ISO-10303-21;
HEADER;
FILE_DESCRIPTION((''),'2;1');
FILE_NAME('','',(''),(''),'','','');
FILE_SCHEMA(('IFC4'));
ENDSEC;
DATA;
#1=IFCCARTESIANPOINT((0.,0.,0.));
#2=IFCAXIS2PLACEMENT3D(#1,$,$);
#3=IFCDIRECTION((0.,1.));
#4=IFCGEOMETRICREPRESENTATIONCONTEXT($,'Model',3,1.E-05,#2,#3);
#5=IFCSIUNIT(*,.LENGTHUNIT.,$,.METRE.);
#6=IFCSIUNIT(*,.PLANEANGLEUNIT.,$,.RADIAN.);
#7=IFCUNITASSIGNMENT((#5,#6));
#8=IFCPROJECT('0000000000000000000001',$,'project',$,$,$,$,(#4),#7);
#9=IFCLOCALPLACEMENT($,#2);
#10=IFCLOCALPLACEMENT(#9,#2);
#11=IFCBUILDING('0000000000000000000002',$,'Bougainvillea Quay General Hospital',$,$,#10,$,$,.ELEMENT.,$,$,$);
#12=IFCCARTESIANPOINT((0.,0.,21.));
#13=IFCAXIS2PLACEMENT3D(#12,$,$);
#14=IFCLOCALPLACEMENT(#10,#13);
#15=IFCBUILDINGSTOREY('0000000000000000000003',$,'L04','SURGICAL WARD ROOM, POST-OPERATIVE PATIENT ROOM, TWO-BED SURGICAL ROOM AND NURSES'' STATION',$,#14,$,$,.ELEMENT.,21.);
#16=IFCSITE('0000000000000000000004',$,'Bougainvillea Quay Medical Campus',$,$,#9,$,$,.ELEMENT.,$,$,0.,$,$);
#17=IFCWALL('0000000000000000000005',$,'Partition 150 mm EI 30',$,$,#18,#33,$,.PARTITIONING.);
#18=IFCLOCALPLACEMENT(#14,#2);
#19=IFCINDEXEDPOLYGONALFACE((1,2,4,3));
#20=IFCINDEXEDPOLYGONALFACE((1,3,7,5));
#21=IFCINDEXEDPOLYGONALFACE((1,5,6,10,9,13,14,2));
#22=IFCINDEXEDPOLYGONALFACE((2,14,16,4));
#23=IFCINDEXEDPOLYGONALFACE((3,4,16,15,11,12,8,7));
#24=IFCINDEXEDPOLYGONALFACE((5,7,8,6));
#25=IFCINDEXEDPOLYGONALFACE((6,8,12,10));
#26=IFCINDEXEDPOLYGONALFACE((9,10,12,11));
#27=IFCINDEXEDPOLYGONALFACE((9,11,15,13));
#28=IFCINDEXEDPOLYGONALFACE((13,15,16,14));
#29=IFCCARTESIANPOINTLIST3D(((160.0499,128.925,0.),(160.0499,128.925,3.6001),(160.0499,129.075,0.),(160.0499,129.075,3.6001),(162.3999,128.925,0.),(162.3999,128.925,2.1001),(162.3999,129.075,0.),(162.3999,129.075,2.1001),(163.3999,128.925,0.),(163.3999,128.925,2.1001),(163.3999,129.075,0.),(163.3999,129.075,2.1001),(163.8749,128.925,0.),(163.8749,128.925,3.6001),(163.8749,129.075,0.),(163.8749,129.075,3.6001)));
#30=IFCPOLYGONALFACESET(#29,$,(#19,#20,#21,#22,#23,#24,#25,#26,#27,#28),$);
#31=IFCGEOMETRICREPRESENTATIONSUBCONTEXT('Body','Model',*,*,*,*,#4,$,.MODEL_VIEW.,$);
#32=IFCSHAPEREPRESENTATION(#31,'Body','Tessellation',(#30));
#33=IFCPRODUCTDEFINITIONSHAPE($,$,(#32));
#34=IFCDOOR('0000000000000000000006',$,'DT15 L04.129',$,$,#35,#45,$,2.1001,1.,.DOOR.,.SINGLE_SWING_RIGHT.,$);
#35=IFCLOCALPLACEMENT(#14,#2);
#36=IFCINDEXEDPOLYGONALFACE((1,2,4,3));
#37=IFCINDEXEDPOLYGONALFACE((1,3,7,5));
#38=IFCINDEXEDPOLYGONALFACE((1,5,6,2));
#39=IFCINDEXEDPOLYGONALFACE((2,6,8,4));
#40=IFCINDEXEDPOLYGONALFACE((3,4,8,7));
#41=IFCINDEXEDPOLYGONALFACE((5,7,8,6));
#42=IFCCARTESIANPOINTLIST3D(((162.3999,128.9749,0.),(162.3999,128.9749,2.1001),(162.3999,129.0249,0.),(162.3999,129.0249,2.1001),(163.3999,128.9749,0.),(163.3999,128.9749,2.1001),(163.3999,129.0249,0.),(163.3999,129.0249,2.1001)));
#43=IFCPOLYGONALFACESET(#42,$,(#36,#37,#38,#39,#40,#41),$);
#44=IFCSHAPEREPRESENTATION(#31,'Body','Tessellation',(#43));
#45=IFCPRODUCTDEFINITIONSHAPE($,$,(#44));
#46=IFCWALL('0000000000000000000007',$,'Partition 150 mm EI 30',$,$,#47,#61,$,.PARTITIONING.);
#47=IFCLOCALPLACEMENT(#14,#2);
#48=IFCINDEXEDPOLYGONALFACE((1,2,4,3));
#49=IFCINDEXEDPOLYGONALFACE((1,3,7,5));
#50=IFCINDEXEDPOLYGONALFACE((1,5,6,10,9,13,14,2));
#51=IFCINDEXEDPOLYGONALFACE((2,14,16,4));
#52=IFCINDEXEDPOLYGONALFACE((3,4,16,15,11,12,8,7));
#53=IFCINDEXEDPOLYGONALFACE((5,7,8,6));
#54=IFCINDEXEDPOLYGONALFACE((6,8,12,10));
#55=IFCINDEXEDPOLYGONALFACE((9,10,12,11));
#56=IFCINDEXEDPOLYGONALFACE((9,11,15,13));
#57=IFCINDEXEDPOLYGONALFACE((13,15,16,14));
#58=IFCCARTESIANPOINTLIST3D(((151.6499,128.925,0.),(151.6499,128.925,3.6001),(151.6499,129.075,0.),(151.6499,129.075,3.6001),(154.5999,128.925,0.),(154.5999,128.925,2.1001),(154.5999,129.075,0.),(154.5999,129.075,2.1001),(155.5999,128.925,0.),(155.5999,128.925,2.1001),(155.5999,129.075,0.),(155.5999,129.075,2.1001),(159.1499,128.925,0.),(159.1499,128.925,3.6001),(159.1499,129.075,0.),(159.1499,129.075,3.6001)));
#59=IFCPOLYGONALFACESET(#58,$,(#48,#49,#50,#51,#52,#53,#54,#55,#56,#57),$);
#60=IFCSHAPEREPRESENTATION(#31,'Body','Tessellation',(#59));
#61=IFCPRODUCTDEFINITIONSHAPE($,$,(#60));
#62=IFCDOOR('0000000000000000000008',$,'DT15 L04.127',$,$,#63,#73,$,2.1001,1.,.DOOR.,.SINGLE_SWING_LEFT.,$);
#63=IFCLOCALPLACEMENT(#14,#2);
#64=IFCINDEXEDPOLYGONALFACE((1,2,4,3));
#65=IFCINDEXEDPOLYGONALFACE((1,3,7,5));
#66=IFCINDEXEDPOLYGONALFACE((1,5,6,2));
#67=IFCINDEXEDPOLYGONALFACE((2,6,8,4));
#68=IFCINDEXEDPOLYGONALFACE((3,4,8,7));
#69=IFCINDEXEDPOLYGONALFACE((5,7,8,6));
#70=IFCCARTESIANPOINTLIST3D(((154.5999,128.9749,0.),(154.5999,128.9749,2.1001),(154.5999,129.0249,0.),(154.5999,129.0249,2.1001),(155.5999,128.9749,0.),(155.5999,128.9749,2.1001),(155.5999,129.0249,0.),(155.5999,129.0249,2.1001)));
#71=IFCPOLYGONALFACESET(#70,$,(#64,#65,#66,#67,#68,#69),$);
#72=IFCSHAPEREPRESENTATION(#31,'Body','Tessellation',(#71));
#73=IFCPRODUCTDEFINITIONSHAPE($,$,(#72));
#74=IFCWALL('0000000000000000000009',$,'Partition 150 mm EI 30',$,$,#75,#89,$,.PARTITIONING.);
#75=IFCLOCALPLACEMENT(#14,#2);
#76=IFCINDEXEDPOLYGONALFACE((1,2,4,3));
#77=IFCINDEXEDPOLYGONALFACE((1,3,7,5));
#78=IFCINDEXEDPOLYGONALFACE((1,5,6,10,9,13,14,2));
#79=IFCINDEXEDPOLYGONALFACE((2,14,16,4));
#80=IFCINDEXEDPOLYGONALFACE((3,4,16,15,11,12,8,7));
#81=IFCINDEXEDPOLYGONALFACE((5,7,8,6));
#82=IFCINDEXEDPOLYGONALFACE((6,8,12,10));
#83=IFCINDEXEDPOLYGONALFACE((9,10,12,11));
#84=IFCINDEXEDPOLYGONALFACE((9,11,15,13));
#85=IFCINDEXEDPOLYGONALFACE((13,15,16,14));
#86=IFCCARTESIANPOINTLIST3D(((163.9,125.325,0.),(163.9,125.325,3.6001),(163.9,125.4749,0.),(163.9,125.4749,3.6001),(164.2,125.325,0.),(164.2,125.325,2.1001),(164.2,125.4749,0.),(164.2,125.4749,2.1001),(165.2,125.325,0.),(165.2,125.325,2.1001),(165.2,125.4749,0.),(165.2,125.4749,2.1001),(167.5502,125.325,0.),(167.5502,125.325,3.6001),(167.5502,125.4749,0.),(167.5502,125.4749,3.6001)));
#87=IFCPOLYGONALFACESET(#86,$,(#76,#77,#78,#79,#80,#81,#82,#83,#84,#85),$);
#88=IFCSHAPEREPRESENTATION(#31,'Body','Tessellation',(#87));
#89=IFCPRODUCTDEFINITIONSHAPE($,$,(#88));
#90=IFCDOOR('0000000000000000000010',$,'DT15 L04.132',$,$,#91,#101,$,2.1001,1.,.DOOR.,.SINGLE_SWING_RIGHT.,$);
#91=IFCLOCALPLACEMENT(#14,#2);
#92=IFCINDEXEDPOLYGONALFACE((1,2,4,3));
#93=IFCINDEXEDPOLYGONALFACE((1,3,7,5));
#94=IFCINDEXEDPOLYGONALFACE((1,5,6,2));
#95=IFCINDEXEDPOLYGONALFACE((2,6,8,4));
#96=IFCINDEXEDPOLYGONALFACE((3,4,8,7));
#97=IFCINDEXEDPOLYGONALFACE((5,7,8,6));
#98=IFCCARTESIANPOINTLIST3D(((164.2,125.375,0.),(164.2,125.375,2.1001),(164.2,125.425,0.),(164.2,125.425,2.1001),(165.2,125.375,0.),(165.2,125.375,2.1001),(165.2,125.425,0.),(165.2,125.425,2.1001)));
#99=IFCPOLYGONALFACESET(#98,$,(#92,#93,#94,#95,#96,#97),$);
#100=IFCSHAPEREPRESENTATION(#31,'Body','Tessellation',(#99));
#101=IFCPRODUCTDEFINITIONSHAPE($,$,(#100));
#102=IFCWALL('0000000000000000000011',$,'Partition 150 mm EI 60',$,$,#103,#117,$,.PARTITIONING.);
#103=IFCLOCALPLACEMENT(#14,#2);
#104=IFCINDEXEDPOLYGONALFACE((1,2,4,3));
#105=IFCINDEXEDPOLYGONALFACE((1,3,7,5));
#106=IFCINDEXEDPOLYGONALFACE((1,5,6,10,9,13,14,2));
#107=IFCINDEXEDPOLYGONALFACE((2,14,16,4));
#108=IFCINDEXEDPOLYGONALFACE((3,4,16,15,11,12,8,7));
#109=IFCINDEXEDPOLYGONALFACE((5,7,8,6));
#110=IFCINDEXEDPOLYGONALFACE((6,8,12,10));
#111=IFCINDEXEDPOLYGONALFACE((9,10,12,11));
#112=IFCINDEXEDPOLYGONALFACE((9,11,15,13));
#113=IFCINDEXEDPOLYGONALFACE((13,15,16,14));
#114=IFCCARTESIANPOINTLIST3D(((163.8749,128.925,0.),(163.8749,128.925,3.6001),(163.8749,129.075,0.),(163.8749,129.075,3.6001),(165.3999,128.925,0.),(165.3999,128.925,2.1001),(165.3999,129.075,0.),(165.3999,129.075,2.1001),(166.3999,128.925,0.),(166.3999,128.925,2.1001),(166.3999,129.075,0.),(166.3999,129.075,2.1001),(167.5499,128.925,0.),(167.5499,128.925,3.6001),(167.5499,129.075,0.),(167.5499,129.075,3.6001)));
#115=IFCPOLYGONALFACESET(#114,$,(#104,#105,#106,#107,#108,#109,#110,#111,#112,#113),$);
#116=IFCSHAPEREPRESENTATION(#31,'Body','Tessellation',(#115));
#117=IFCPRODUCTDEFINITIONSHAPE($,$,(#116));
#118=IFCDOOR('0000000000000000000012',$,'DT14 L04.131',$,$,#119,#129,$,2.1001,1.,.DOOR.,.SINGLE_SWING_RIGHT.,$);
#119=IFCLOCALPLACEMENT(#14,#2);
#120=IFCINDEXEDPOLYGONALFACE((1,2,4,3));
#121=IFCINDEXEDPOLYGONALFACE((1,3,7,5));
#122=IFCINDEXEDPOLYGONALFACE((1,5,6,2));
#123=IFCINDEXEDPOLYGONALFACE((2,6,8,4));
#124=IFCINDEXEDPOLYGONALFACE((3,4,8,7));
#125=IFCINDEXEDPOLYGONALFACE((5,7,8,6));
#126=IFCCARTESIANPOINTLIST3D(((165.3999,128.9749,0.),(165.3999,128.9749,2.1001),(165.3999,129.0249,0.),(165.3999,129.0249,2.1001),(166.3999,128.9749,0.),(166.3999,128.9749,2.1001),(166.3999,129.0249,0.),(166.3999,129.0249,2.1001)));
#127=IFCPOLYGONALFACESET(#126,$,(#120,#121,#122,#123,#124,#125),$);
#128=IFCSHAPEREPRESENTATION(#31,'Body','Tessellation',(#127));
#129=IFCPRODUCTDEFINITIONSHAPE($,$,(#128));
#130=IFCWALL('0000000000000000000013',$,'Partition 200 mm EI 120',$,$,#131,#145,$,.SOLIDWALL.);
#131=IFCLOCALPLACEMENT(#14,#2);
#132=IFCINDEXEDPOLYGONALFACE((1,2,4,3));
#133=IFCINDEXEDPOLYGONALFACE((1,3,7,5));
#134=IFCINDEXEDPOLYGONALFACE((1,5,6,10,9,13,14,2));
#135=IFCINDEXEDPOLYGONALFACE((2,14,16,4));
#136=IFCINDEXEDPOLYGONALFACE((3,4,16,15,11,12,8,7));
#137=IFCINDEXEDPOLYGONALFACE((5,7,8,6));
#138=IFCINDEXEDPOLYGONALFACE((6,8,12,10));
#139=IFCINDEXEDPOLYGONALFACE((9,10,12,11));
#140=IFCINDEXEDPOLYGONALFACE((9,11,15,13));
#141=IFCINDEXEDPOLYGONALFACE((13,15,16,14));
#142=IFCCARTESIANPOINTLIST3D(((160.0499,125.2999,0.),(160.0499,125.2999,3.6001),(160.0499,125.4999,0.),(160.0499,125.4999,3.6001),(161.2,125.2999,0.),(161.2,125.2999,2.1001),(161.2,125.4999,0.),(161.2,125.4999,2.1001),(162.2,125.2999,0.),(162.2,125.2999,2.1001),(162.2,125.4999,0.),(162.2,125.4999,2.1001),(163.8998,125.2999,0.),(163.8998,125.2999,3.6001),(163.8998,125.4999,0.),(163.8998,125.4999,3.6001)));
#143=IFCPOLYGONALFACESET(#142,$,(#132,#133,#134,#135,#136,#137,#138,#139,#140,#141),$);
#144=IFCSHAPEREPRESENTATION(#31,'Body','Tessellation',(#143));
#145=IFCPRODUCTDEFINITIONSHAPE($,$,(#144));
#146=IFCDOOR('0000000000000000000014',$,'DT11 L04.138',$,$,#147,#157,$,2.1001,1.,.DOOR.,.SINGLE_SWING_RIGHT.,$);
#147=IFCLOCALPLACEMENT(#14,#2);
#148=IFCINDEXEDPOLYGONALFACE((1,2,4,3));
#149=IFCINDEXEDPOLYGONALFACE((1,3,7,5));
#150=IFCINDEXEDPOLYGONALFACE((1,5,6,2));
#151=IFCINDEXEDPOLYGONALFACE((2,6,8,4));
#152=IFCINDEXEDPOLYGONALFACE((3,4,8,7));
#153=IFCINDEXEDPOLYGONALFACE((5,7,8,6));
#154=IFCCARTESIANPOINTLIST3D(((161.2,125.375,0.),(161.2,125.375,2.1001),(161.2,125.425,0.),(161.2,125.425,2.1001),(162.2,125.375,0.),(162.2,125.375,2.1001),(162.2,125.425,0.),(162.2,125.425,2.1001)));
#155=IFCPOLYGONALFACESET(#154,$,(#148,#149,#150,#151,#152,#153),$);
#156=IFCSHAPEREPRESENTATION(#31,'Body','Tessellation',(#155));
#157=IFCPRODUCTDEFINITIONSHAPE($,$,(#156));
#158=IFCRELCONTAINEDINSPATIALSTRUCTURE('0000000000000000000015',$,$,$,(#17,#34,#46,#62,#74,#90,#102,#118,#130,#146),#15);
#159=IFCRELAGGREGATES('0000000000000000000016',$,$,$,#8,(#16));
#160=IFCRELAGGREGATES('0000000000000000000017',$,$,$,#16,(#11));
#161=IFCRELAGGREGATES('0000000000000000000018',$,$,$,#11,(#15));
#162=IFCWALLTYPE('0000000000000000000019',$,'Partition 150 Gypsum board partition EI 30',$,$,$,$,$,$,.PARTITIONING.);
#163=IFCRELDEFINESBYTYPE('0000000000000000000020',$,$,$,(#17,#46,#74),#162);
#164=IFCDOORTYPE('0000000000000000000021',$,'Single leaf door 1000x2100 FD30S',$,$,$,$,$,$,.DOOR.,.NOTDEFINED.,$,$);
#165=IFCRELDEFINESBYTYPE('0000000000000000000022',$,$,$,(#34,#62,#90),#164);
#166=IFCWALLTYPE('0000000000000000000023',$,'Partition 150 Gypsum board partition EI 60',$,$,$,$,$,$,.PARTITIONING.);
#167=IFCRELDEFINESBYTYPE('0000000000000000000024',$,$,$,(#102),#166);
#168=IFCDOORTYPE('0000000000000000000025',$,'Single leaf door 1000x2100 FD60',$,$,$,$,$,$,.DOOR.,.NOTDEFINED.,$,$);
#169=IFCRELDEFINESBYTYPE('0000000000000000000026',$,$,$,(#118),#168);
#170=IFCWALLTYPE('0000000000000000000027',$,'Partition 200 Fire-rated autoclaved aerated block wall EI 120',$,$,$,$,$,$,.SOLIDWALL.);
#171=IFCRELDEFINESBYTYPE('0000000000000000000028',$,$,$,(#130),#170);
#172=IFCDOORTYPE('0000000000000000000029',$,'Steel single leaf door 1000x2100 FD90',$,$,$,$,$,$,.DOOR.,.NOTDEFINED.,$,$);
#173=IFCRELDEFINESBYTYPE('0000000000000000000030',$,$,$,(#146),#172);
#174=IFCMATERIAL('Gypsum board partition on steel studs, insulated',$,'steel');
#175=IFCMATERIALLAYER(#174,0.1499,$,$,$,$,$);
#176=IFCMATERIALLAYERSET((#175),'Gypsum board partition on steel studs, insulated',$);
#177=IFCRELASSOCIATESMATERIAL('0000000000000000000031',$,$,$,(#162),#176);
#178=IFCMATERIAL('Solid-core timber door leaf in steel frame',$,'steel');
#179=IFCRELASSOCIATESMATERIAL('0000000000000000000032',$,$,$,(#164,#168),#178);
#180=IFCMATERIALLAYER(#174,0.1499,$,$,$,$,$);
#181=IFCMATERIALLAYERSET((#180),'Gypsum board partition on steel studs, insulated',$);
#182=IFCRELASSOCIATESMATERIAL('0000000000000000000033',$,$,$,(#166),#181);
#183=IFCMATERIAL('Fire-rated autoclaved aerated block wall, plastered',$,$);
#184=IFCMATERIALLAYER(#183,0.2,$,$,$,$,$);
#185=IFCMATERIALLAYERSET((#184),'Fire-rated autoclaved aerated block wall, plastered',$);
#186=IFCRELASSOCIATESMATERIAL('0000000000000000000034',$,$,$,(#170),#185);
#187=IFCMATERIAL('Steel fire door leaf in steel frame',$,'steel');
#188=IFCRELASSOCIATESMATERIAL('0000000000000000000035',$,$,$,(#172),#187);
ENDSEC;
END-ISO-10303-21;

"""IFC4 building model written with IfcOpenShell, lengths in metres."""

from ifc_helpers import new_model, si_unit, direction, frame, frame_2d, origin, place, context, subcontext, project, spatial, rectangle, extrude, material, layer, layer_set, type_object, element, fill, save


model = new_model("IFC4")

# Units and contexts
model_context = context("Model", 3, precision=1e-05, world=origin(), true_north=direction((0.0, 1.0)))
body_context = subcontext(model_context, "Body", "Model", "MODEL_VIEW")
ifc_project = project(units=[si_unit("LENGTHUNIT", "METRE"), si_unit("PLANEANGLEUNIT", "RADIAN")], contexts=[model_context])

# Site, building, storey
site_placement = place(None, origin())
site = spatial("IfcSite", under=ifc_project, at=site_placement, Name="Bougainvillea Quay Medical Campus", CompositionType="ELEMENT", RefElevation=0.0)
building_placement = place(site_placement, origin())
building = spatial("IfcBuilding", under=site, at=building_placement, Name="Bougainvillea Quay General Hospital", CompositionType="ELEMENT")
storey_placement = place(building_placement, frame((0.0, 0.0, 21.0)))
storey = spatial("IfcBuildingStorey", under=building, at=storey_placement, Name="L04", Description="SURGICAL WARD ROOM, POST-OPERATIVE PATIENT ROOM, TWO-BED SURGICAL ROOM AND NURSES' STATION", CompositionType="ELEMENT", Elevation=21.0)

# Shared definitions
ifc_material_1 = material(Name="Gypsum board partition on steel studs, insulated", Category="steel")

# Walls, openings, doors
ifc_material_2 = material(Name="Solid-core timber door leaf in steel frame", Category="steel")
ifc_layer_1 = layer(ifc_material_1, 0.1499)
ifc_layer_set_1 = layer_set([ifc_layer_1], Name="Gypsum board partition on steel studs, insulated")
wall_type_1 = type_object("IfcWallType", Name="Partition 150 Gypsum board partition EI 30", PredefinedType="PARTITIONING", material=ifc_layer_set_1)
wall_1_placement = place(storey_placement, frame((163.875, 129.0, 0.0), z_axis=(0.0, 0.0, 1.0), x_axis=(-1.0, 0.0, 0.0)))
wall_1 = element("IfcWall", 1, at=wall_1_placement, inside=storey, type_object=wall_type_1, Name="Partition 150 mm EI 30", PredefinedType="PARTITIONING", context=body_context, shape_type="SweptSolid", body=[
    extrude(rectangle(XDim=3.825, YDim=0.1499, at=frame_2d((1.9126, 0.0))), origin(), (0.0, 0.0, 1.0), 3.6001),
])
opening_1_placement = place(wall_1_placement, frame((0.4751, 0.0, 0.0)))
opening_1 = element("IfcOpeningElement", 2, at=opening_1_placement, cuts=wall_1, PredefinedType="OPENING", context=body_context, shape_type="SweptSolid", body=[
    extrude(rectangle(XDim=1.0, YDim=2.1001, at=frame_2d((0.5, 1.05))), frame((0.0, 0.085, 0.0), z_axis=(0.0, -1.0, 0.0), x_axis=(1.0, 0.0, 0.0)), (0.0, 0.0, 1.0), 0.1699),
])
door_type_1 = type_object("IfcDoorType", Name="Single leaf door 1000x2100 FD30S", OperationType="NOTDEFINED", PredefinedType="DOOR", material=ifc_material_2)
door_1_placement = place(opening_1_placement, frame((1.0, 0.0, 0.0), z_axis=(0.0, 0.0, 1.0), x_axis=(-1.0, 0.0, 0.0)))
door_1 = element("IfcDoor", 3, at=door_1_placement, inside=storey, type_object=door_type_1, Name="DT15 L04.129", OperationType="SINGLE_SWING_RIGHT", OverallHeight=2.1001, OverallWidth=1.0, PredefinedType="DOOR", context=body_context, shape_type="SweptSolid", body=[
    extrude(rectangle(XDim=1.0, YDim=2.1001, at=frame_2d((0.5, 1.05))), frame((0.0, 0.0249, 0.0), z_axis=(0.0, -1.0, 0.0), x_axis=(1.0, 0.0, 0.0)), (0.0, 0.0, 1.0), 0.05),
])
fill(opening_1, door_1)
wall_2_placement = place(storey_placement, frame((159.1499, 129.0, 0.0), z_axis=(0.0, 0.0, 1.0), x_axis=(-1.0, 0.0, 0.0)))
wall_2 = element("IfcWall", 4, at=wall_2_placement, inside=storey, type_object=wall_type_1, Name="Partition 150 mm EI 30", PredefinedType="PARTITIONING", context=body_context, shape_type="SweptSolid", body=[
    extrude(rectangle(XDim=7.5, YDim=0.1499, at=frame_2d((3.75, 0.0))), origin(), (0.0, 0.0, 1.0), 3.6001),
])
opening_2_placement = place(wall_2_placement, frame((3.55, 0.0, 0.0)))
opening_2 = element("IfcOpeningElement", 5, at=opening_2_placement, cuts=wall_2, PredefinedType="OPENING", context=body_context, shape_type="SweptSolid", body=[
    extrude(rectangle(XDim=1.0, YDim=2.1001, at=frame_2d((0.5, 1.05))), frame((0.0, 0.085, 0.0), z_axis=(0.0, -1.0, 0.0), x_axis=(1.0, 0.0, 0.0)), (0.0, 0.0, 1.0), 0.1699),
])
door_2_placement = place(opening_2_placement, frame((1.0, 0.0, 0.0), z_axis=(0.0, 0.0, 1.0), x_axis=(-1.0, 0.0, 0.0)))
door_2 = element("IfcDoor", 6, at=door_2_placement, inside=storey, type_object=door_type_1, Name="DT15 L04.127", OperationType="SINGLE_SWING_LEFT", OverallHeight=2.1001, OverallWidth=1.0, PredefinedType="DOOR", context=body_context, shape_type="SweptSolid", body=[
    extrude(rectangle(XDim=1.0, YDim=2.1001, at=frame_2d((0.5, 1.05))), frame((0.0, 0.0249, 0.0), z_axis=(0.0, -1.0, 0.0), x_axis=(1.0, 0.0, 0.0)), (0.0, 0.0, 1.0), 0.05),
])
fill(opening_2, door_2)
wall_3_placement = place(storey_placement, frame((163.8999, 125.3999, 0.0), z_axis=(0.0, 0.0, 1.0), x_axis=(1.0, 0.0, 0.0)))
wall_3 = element("IfcWall", 7, at=wall_3_placement, inside=storey, type_object=wall_type_1, Name="Partition 150 mm EI 30", PredefinedType="PARTITIONING", context=body_context, shape_type="SweptSolid", body=[
    extrude(rectangle(XDim=3.6501, YDim=0.1499, at=frame_2d((1.8252, 0.0))), origin(), (0.0, 0.0, 1.0), 3.6001),
])
opening_3_placement = place(wall_3_placement, frame((0.3, 0.0, 0.0)))
opening_3 = element("IfcOpeningElement", 8, at=opening_3_placement, cuts=wall_3, PredefinedType="OPENING", context=body_context, shape_type="SweptSolid", body=[
    extrude(rectangle(XDim=1.0, YDim=2.1001, at=frame_2d((0.5, 1.05))), frame((0.0, 0.085, 0.0), z_axis=(0.0, -1.0, 0.0), x_axis=(1.0, 0.0, 0.0)), (0.0, 0.0, 1.0), 0.1699),
])
door_3_placement = place(opening_3_placement, frame((1.0, 0.0, 0.0), z_axis=(0.0, 0.0, 1.0), x_axis=(-1.0, 0.0, 0.0)))
door_3 = element("IfcDoor", 9, at=door_3_placement, inside=storey, type_object=door_type_1, Name="DT15 L04.132", OperationType="SINGLE_SWING_RIGHT", OverallHeight=2.1001, OverallWidth=1.0, PredefinedType="DOOR", context=body_context, shape_type="SweptSolid", body=[
    extrude(rectangle(XDim=1.0, YDim=2.1001, at=frame_2d((0.5, 1.05))), frame((0.0, 0.0249, 0.0), z_axis=(0.0, -1.0, 0.0), x_axis=(1.0, 0.0, 0.0)), (0.0, 0.0, 1.0), 0.05),
])
fill(opening_3, door_3)
ifc_layer_2 = layer(ifc_material_1, 0.1499)
ifc_layer_set_2 = layer_set([ifc_layer_2], Name="Gypsum board partition on steel studs, insulated")
wall_type_2 = type_object("IfcWallType", Name="Partition 150 Gypsum board partition EI 60", PredefinedType="PARTITIONING", material=ifc_layer_set_2)
wall_4_placement = place(storey_placement, frame((163.875, 129.0, 0.0), z_axis=(0.0, 0.0, 1.0), x_axis=(1.0, 0.0, 0.0)))
wall_4 = element("IfcWall", 10, at=wall_4_placement, inside=storey, type_object=wall_type_2, Name="Partition 150 mm EI 60", PredefinedType="PARTITIONING", context=body_context, shape_type="SweptSolid", body=[
    extrude(rectangle(XDim=3.675, YDim=0.1499, at=frame_2d((1.8374, 0.0))), origin(), (0.0, 0.0, 1.0), 3.6001),
])
opening_4_placement = place(wall_4_placement, frame((1.5249, 0.0, 0.0)))
opening_4 = element("IfcOpeningElement", 11, at=opening_4_placement, cuts=wall_4, PredefinedType="OPENING", context=body_context, shape_type="SweptSolid", body=[
    extrude(rectangle(XDim=1.0, YDim=2.1001, at=frame_2d((0.5, 1.05))), frame((0.0, 0.085, 0.0), z_axis=(0.0, -1.0, 0.0), x_axis=(1.0, 0.0, 0.0)), (0.0, 0.0, 1.0), 0.1699),
])
door_type_2 = type_object("IfcDoorType", Name="Single leaf door 1000x2100 FD60", OperationType="NOTDEFINED", PredefinedType="DOOR", material=ifc_material_2)
door_4_placement = place(opening_4_placement, origin())
door_4 = element("IfcDoor", 12, at=door_4_placement, inside=storey, type_object=door_type_2, Name="DT14 L04.131", OperationType="SINGLE_SWING_RIGHT", OverallHeight=2.1001, OverallWidth=1.0, PredefinedType="DOOR", context=body_context, shape_type="SweptSolid", body=[
    extrude(rectangle(XDim=1.0, YDim=2.1001, at=frame_2d((0.5, 1.05))), frame((0.0, 0.0249, 0.0), z_axis=(0.0, -1.0, 0.0), x_axis=(1.0, 0.0, 0.0)), (0.0, 0.0, 1.0), 0.05),
])
fill(opening_4, door_4)
ifc_material_3 = material(Name="Fire-rated autoclaved aerated block wall, plastered")
ifc_layer_3 = layer(ifc_material_3, 0.2)
ifc_layer_set_3 = layer_set([ifc_layer_3], Name="Fire-rated autoclaved aerated block wall, plastered")
wall_type_3 = type_object("IfcWallType", Name="Partition 200 Fire-rated autoclaved aerated block wall EI 120", PredefinedType="SOLIDWALL", material=ifc_layer_set_3)
wall_5_placement = place(storey_placement, frame((160.05, 125.3999, 0.0), z_axis=(0.0, 0.0, 1.0), x_axis=(1.0, 0.0, 0.0)))
wall_5 = element("IfcWall", 13, at=wall_5_placement, inside=storey, type_object=wall_type_3, Name="Partition 200 mm EI 120", PredefinedType="SOLIDWALL", context=body_context, shape_type="SweptSolid", body=[
    extrude(rectangle(XDim=3.8499, YDim=0.2, at=frame_2d((1.9248, 0.0))), origin(), (0.0, 0.0, 1.0), 3.6001),
])
opening_5_placement = place(wall_5_placement, frame((1.1499, 0.0, 0.0)))
opening_5 = element("IfcOpeningElement", 14, at=opening_5_placement, cuts=wall_5, PredefinedType="OPENING", context=body_context, shape_type="SweptSolid", body=[
    extrude(rectangle(XDim=1.0, YDim=2.1001, at=frame_2d((0.5, 1.05))), frame((0.0, 0.1099, 0.0), z_axis=(0.0, -1.0, 0.0), x_axis=(1.0, 0.0, 0.0)), (0.0, 0.0, 1.0), 0.22),
])
ifc_material_4 = material(Name="Steel fire door leaf in steel frame", Category="steel")
door_type_3 = type_object("IfcDoorType", Name="Steel single leaf door 1000x2100 FD90", OperationType="NOTDEFINED", PredefinedType="DOOR", material=ifc_material_4)
door_5_placement = place(opening_5_placement, frame((1.0, 0.0, 0.0), z_axis=(0.0, 0.0, 1.0), x_axis=(-1.0, 0.0, 0.0)))
door_5 = element("IfcDoor", 15, at=door_5_placement, inside=storey, type_object=door_type_3, Name="DT11 L04.138", OperationType="SINGLE_SWING_RIGHT", OverallHeight=2.1001, OverallWidth=1.0, PredefinedType="DOOR", context=body_context, shape_type="SweptSolid", body=[
    extrude(rectangle(XDim=1.0, YDim=2.1001, at=frame_2d((0.5, 1.05))), frame((0.0, 0.0249, 0.0), z_axis=(0.0, -1.0, 0.0), x_axis=(1.0, 0.0, 0.0)), (0.0, 0.0, 1.0), 0.05),
])
fill(opening_5, door_5)

save(model, "model.ifc")
